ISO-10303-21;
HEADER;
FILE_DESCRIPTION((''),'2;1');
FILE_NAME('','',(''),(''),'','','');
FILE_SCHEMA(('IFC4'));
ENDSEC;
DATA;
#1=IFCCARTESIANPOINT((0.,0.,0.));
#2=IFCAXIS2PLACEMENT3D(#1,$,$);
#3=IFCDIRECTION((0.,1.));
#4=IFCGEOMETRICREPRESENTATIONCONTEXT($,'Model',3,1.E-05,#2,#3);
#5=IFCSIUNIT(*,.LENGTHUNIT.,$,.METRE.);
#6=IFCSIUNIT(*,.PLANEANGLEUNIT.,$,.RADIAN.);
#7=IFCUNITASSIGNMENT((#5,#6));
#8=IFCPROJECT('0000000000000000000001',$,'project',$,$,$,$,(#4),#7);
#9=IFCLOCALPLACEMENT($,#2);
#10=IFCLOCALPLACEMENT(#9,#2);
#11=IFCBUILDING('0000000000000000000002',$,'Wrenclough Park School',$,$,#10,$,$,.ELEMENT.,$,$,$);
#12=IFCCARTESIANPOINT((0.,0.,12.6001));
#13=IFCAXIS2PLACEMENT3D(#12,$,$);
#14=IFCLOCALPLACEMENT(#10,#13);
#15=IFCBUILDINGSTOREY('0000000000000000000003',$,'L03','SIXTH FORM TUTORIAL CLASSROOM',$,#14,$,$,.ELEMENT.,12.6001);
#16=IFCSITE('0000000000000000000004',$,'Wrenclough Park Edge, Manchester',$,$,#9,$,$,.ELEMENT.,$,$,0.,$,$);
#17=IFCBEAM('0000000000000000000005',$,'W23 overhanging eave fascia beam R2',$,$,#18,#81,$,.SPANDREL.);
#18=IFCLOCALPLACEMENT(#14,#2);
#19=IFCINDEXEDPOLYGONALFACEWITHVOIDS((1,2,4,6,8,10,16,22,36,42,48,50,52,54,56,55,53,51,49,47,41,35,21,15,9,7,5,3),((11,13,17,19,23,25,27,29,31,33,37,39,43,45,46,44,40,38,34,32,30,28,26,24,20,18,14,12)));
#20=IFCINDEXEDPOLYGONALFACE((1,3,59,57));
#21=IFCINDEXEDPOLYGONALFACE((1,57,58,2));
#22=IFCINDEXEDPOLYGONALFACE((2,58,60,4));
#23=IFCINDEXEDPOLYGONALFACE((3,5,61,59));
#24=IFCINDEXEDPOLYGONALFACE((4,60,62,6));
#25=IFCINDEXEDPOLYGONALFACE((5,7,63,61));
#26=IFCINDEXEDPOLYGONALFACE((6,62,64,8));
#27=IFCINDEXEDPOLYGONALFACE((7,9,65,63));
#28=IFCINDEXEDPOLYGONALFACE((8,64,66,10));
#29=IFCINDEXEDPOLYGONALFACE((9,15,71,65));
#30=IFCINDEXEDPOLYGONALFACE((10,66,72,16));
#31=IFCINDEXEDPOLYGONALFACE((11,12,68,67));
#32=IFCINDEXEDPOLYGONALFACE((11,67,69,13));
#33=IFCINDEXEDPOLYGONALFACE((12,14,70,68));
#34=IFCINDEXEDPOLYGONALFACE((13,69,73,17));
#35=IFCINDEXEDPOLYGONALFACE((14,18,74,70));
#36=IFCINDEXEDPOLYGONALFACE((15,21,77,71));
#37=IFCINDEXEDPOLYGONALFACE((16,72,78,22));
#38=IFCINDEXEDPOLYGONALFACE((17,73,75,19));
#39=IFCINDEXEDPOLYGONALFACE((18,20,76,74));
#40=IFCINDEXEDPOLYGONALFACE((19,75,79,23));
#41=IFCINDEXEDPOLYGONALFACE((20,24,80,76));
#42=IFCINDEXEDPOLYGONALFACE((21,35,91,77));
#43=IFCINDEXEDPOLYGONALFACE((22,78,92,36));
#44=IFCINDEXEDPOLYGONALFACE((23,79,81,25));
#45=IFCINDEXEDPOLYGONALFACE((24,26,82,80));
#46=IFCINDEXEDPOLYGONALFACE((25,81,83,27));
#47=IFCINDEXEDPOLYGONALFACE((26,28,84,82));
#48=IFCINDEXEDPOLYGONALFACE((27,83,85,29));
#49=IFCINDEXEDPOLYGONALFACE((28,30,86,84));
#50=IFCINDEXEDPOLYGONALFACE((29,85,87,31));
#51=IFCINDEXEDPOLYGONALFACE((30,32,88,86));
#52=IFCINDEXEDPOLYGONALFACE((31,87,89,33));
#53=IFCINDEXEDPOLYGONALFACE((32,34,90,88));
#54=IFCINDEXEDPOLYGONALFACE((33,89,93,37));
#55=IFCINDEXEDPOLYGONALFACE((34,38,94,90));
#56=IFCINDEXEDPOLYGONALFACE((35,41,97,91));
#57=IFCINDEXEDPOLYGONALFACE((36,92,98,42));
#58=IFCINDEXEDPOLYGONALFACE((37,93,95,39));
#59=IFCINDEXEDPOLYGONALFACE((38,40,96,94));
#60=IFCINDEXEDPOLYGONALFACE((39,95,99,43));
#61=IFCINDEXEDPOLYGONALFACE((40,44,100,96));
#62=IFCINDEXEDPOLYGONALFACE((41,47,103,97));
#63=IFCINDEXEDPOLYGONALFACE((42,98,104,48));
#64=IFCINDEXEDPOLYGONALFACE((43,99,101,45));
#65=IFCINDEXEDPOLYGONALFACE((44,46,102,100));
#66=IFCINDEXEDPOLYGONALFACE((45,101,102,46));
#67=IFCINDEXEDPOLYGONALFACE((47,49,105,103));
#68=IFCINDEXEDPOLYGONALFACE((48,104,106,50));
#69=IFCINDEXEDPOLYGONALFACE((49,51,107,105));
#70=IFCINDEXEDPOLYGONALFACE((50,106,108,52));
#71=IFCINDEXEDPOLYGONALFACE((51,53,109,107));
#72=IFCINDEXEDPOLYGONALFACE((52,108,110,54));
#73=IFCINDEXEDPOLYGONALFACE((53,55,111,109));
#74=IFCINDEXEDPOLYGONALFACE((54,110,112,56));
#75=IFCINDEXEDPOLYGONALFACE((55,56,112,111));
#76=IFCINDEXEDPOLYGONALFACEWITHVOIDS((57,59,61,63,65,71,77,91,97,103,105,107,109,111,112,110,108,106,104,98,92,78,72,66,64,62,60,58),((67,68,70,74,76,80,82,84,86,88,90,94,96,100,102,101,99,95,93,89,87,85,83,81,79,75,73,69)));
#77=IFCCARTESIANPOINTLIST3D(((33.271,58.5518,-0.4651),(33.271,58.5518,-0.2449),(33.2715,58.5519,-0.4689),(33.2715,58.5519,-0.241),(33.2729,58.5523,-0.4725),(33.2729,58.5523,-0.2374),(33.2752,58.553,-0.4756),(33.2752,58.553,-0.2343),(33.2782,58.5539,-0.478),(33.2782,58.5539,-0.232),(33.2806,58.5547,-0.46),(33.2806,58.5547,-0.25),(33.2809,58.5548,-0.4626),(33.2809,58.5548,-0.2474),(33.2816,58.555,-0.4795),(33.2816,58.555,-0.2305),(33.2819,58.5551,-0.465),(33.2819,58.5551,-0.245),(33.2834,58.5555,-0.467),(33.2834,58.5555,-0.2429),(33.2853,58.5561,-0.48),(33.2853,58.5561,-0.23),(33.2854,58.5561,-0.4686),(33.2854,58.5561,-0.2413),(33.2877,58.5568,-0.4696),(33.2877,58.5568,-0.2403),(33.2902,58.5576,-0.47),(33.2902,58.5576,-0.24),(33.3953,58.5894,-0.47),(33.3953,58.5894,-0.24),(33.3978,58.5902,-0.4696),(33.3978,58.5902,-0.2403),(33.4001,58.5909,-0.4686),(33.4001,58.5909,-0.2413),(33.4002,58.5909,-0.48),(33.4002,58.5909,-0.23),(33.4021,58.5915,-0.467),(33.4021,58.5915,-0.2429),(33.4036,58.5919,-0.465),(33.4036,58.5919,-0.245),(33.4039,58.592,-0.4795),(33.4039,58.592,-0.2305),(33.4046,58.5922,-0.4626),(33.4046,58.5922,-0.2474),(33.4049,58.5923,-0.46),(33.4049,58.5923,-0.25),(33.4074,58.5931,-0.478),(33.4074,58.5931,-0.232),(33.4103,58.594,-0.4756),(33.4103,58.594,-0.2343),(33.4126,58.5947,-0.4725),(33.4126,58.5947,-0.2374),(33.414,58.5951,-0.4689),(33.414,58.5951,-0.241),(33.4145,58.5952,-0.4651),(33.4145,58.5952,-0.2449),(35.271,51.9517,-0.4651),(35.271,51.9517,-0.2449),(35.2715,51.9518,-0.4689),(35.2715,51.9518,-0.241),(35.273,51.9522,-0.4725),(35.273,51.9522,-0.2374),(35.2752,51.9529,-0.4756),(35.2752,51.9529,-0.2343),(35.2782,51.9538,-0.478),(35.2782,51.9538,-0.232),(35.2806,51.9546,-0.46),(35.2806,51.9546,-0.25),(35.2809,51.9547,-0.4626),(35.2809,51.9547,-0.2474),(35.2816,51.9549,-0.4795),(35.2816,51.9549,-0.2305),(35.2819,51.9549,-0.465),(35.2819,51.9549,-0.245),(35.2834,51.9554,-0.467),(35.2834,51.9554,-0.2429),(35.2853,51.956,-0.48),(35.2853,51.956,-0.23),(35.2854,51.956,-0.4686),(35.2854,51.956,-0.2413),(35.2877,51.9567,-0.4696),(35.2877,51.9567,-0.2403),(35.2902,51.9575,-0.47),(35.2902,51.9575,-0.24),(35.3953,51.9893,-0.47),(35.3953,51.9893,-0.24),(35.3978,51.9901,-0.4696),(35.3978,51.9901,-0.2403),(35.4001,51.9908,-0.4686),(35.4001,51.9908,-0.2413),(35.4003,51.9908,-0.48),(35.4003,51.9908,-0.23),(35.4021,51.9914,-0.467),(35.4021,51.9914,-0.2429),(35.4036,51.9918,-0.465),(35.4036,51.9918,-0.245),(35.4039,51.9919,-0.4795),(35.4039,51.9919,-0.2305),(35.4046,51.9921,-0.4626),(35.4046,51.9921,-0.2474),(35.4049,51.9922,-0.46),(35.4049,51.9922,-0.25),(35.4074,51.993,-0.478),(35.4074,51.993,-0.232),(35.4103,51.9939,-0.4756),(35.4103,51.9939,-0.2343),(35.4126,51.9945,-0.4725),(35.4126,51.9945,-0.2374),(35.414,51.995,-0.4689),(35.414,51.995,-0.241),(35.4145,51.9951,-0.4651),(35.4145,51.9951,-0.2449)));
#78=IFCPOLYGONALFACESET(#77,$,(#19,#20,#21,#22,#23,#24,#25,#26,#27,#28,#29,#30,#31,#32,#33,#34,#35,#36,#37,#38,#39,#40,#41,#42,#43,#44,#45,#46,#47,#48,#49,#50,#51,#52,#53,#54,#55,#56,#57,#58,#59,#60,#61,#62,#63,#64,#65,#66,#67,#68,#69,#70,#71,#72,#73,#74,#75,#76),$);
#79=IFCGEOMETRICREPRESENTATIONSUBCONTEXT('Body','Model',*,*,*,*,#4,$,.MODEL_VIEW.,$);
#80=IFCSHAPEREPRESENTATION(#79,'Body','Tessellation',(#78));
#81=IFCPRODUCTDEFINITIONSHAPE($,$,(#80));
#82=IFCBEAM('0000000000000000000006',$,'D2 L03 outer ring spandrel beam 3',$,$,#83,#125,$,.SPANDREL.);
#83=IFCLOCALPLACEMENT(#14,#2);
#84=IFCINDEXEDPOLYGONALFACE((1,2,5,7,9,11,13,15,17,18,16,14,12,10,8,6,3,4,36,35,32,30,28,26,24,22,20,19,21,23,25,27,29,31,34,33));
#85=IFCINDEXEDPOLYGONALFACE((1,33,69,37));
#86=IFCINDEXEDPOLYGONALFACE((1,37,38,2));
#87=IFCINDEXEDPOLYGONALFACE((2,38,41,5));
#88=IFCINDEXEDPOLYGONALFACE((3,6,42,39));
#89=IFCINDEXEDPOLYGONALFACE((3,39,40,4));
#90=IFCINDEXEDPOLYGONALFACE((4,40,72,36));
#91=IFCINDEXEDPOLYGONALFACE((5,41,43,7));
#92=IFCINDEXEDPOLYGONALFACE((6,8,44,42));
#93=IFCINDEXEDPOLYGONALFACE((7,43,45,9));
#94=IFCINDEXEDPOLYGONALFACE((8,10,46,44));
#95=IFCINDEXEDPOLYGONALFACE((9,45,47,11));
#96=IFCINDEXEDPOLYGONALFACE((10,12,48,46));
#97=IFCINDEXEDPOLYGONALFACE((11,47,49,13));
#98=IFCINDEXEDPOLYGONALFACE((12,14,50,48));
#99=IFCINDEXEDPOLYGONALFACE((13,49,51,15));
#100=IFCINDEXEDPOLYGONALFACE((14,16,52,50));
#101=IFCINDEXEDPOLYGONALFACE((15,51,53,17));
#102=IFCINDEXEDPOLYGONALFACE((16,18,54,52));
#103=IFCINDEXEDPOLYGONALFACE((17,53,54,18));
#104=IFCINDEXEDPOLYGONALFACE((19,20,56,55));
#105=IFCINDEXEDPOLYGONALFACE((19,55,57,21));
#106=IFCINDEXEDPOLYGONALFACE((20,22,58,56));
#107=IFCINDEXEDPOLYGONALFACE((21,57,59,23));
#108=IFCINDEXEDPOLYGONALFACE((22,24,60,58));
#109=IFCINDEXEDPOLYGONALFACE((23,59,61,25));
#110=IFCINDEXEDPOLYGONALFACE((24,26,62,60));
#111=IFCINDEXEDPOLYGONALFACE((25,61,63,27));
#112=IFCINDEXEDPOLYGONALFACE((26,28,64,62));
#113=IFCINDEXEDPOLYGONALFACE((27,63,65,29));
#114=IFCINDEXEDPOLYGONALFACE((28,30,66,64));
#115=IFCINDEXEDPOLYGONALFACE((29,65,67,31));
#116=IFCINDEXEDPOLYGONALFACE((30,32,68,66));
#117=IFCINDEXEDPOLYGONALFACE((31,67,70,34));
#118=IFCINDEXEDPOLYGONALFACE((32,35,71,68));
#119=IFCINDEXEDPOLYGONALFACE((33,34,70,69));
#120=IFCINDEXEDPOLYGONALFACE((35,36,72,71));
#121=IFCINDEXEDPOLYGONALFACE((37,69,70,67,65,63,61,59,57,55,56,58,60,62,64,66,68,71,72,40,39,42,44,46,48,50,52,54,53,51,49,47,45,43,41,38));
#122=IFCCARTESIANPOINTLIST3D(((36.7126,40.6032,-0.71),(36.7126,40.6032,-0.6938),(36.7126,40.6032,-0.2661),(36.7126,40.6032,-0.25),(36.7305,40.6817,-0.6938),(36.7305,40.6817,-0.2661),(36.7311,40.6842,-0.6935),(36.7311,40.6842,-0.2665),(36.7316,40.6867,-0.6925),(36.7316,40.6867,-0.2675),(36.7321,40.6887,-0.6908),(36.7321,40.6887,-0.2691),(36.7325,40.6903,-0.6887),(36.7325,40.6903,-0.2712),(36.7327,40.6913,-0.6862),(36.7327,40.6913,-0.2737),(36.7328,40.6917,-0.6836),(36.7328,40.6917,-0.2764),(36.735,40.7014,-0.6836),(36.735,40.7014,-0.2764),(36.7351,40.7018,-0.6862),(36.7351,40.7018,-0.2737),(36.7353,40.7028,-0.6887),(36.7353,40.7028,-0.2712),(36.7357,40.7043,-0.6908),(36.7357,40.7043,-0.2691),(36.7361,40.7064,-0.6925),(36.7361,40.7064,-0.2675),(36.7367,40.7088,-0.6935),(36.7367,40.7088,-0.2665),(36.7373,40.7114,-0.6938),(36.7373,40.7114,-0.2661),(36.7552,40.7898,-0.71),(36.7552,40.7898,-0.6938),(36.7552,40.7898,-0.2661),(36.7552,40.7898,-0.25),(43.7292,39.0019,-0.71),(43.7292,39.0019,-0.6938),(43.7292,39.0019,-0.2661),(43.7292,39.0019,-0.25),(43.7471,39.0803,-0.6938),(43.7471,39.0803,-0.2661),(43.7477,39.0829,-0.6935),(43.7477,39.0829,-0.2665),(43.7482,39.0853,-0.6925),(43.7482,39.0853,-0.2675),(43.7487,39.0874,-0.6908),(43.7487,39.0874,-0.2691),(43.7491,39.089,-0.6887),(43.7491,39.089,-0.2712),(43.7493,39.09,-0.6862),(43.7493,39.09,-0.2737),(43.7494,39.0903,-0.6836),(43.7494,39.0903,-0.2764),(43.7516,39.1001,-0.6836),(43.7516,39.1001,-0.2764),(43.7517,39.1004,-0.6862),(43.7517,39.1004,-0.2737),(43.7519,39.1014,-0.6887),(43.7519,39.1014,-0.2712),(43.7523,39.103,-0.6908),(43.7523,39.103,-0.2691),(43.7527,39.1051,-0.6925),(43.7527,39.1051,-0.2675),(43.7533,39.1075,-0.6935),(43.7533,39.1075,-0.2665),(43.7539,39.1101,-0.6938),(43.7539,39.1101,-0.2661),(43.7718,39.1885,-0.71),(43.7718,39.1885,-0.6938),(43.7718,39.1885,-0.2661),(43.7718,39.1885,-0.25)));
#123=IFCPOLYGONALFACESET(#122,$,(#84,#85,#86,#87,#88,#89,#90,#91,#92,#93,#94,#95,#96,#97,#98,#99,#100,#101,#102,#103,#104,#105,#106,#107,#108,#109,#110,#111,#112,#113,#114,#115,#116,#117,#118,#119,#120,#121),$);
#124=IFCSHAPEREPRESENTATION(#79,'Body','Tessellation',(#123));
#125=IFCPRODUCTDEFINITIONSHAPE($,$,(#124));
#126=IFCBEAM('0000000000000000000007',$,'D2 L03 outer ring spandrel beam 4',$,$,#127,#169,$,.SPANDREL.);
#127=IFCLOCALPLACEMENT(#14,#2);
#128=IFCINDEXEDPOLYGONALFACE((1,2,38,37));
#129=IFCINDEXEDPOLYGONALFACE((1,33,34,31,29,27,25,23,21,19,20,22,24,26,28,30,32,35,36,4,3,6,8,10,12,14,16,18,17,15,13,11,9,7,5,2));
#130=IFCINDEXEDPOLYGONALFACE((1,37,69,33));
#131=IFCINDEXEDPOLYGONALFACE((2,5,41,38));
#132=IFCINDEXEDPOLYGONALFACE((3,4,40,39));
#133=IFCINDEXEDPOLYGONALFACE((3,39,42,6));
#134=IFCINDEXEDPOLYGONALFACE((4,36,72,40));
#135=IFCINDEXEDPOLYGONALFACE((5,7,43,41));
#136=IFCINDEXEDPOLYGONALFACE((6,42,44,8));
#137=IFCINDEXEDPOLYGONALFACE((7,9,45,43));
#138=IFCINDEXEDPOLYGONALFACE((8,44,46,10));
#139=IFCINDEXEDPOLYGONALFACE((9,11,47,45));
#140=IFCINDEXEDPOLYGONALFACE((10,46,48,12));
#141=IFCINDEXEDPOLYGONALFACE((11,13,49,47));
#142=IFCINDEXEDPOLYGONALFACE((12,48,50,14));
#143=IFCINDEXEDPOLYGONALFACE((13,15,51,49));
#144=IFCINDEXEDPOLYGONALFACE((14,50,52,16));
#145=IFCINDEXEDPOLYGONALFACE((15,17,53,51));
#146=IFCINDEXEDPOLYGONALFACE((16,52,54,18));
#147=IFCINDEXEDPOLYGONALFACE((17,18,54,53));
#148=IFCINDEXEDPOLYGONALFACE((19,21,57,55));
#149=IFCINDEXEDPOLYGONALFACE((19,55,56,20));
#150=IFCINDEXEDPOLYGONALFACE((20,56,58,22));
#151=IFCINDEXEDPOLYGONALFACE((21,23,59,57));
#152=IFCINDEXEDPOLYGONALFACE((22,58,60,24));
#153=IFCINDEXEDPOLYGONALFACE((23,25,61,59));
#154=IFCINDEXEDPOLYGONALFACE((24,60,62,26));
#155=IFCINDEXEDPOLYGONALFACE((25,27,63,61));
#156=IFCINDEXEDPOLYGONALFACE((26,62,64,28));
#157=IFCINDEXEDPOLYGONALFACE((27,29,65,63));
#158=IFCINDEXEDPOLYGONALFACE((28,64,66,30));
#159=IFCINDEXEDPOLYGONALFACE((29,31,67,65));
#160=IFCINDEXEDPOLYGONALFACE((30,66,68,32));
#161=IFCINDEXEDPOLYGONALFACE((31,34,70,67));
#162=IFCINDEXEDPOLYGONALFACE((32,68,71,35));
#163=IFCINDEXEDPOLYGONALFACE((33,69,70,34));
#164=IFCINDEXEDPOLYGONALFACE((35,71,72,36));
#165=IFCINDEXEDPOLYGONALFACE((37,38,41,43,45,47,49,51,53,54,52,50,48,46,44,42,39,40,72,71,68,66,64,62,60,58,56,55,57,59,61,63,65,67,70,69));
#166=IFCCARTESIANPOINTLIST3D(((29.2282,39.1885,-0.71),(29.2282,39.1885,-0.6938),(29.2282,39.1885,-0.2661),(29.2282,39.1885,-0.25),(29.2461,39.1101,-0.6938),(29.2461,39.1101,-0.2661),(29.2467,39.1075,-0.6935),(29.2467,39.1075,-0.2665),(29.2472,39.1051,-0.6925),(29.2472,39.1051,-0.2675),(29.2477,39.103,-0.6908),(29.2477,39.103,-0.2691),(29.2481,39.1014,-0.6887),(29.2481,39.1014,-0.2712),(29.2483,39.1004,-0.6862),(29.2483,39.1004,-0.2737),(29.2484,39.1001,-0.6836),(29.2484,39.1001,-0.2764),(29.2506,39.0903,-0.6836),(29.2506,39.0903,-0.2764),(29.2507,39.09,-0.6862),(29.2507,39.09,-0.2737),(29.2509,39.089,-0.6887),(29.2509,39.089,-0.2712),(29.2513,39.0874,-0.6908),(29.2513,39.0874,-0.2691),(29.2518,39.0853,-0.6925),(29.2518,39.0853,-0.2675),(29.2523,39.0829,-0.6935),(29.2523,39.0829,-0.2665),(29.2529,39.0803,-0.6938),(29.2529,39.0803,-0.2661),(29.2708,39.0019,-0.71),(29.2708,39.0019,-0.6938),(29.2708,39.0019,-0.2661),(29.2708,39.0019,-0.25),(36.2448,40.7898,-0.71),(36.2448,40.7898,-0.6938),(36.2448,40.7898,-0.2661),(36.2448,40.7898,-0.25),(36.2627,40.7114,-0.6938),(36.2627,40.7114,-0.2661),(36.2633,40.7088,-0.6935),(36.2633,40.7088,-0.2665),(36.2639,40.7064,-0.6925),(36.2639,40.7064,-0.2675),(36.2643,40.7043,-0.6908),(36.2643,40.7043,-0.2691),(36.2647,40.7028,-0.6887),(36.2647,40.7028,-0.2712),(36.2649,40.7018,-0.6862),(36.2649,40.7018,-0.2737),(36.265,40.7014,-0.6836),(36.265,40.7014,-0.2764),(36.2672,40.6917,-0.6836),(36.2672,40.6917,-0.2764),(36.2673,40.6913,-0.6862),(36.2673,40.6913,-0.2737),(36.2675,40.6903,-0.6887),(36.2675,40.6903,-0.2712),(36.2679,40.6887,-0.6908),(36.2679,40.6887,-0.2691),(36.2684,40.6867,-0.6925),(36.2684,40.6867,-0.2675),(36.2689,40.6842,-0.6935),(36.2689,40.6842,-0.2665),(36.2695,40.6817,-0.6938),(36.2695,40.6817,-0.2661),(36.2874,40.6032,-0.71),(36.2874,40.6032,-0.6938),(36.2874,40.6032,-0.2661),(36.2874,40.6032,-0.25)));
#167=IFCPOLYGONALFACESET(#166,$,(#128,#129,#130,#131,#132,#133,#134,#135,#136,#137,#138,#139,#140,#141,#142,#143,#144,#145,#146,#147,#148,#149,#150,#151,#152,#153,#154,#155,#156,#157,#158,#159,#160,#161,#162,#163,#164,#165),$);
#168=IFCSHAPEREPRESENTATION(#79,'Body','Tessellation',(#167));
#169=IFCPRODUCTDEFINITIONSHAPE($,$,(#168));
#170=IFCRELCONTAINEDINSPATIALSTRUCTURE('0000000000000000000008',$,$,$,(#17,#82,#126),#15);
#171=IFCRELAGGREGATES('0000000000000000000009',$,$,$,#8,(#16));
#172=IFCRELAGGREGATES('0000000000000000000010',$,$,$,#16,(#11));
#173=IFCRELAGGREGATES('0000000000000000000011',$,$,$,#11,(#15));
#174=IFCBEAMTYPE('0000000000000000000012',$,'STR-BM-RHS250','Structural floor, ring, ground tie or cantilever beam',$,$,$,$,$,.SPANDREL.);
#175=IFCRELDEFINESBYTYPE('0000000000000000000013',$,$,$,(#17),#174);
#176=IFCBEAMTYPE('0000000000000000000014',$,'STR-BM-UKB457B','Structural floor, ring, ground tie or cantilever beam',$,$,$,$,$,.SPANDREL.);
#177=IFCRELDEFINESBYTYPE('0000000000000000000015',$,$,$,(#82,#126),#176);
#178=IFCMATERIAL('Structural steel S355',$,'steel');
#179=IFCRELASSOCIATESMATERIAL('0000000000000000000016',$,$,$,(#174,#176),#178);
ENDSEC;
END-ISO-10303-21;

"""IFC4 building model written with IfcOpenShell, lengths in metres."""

from ifc_helpers import new_model, si_unit, direction, frame, origin, origin_2d, place, context, subcontext, project, spatial, hollow_rectangle, i_section, extrude, material, material_profile, profile_set, type_object, element, save


model = new_model("IFC4")

# Units and contexts
model_context = context("Model", 3, precision=1e-05, world=origin(), true_north=direction((0.0, 1.0)))
body_context = subcontext(model_context, "Body", "Model", "MODEL_VIEW")
ifc_project = project(units=[si_unit("LENGTHUNIT", "METRE"), si_unit("PLANEANGLEUNIT", "RADIAN")], contexts=[model_context])

# Site, building, storey
site_placement = place(None, origin())
site = spatial("IfcSite", under=ifc_project, at=site_placement, Name="Wrenclough Park Edge, Manchester", CompositionType="ELEMENT", RefElevation=0.0)
building_placement = place(site_placement, origin())
building = spatial("IfcBuilding", under=site, at=building_placement, Name="Wrenclough Park School", CompositionType="ELEMENT")
storey_placement = place(building_placement, frame((0.0, 0.0, 12.6001)))
storey = spatial("IfcBuildingStorey", under=building, at=storey_placement, Name="L03", Description="SIXTH FORM TUTORIAL CLASSROOM", CompositionType="ELEMENT", Elevation=12.6001)

# Beams
ifc_material_1 = material(Name="Structural steel S355", Category="steel")
ifc_material_profile_1 = material_profile(ifc_material_1, hollow_rectangle(XDim=0.1499, YDim=0.25, WallThickness=0.01, InnerFilletRadius=0.01, OuterFilletRadius=0.0149, at=origin_2d()), Name="RHS 250x150x10.0")
ifc_profile_set_1 = profile_set([ifc_material_profile_1], Name="Structural steel S355")
beam_type_1 = type_object("IfcBeamType", Name="STR-BM-RHS250", Description="Structural floor, ring, ground tie or cantilever beam", PredefinedType="SPANDREL", material=ifc_profile_set_1)
beam_1_placement = place(storey_placement, frame((35.3428, 51.9734, -0.355), z_axis=(-0.290003, 0.957026, 0.0), x_axis=(-0.957026, -0.290003, 0.0)))
element("IfcBeam", 1, at=beam_1_placement, inside=storey, type_object=beam_type_1, Name="W23 overhanging eave fascia beam R2", PredefinedType="SPANDREL", context=body_context, shape_type="SweptSolid", body=[
    extrude(hollow_rectangle(XDim=0.1499, YDim=0.25, WallThickness=0.01, InnerFilletRadius=0.01, OuterFilletRadius=0.0149, at=origin_2d()), origin(), (0.0, 0.0, 1.0), 6.8965),
])
ifc_material_profile_2 = material_profile(ifc_material_1, i_section(OverallWidth=0.1914, OverallDepth=0.46, WebThickness=0.01, FlangeThickness=0.0161, FilletRadius=0.0103, at=origin_2d()), Name="UKB 457x191x82")
ifc_profile_set_2 = profile_set([ifc_material_profile_2], Name="Structural steel S355")
beam_type_2 = type_object("IfcBeamType", Name="STR-BM-UKB457B", Description="Structural floor, ring, ground tie or cantilever beam", PredefinedType="SPANDREL", material=ifc_profile_set_2)
for number, where, z_axis, x_axis, name in (
    (2, (43.7505, 39.0952, -0.48), (-0.974933, 0.222498, 0.0), (-0.222498, -0.974933, 0.0), "D2 L03 outer ring spandrel beam 3"),
    (3, (36.2661, 40.6965, -0.48), (-0.974933, -0.222498, 0.0), (0.222498, -0.974933, 0.0), "D2 L03 outer ring spandrel beam 4"),
):
    element("IfcBeam", number, at=place(storey_placement, frame(where, z_axis=z_axis, x_axis=x_axis)), inside=storey, type_object=beam_type_2, Name=name, PredefinedType="SPANDREL", context=body_context, shape_type="SweptSolid", body=[
        extrude(i_section(OverallWidth=0.1914, OverallDepth=0.46, WebThickness=0.01, FlangeThickness=0.0161, FilletRadius=0.0103, at=origin_2d()), origin(), (0.0, 0.0, 1.0), 7.197),
    ])

save(model, "model.ifc")
